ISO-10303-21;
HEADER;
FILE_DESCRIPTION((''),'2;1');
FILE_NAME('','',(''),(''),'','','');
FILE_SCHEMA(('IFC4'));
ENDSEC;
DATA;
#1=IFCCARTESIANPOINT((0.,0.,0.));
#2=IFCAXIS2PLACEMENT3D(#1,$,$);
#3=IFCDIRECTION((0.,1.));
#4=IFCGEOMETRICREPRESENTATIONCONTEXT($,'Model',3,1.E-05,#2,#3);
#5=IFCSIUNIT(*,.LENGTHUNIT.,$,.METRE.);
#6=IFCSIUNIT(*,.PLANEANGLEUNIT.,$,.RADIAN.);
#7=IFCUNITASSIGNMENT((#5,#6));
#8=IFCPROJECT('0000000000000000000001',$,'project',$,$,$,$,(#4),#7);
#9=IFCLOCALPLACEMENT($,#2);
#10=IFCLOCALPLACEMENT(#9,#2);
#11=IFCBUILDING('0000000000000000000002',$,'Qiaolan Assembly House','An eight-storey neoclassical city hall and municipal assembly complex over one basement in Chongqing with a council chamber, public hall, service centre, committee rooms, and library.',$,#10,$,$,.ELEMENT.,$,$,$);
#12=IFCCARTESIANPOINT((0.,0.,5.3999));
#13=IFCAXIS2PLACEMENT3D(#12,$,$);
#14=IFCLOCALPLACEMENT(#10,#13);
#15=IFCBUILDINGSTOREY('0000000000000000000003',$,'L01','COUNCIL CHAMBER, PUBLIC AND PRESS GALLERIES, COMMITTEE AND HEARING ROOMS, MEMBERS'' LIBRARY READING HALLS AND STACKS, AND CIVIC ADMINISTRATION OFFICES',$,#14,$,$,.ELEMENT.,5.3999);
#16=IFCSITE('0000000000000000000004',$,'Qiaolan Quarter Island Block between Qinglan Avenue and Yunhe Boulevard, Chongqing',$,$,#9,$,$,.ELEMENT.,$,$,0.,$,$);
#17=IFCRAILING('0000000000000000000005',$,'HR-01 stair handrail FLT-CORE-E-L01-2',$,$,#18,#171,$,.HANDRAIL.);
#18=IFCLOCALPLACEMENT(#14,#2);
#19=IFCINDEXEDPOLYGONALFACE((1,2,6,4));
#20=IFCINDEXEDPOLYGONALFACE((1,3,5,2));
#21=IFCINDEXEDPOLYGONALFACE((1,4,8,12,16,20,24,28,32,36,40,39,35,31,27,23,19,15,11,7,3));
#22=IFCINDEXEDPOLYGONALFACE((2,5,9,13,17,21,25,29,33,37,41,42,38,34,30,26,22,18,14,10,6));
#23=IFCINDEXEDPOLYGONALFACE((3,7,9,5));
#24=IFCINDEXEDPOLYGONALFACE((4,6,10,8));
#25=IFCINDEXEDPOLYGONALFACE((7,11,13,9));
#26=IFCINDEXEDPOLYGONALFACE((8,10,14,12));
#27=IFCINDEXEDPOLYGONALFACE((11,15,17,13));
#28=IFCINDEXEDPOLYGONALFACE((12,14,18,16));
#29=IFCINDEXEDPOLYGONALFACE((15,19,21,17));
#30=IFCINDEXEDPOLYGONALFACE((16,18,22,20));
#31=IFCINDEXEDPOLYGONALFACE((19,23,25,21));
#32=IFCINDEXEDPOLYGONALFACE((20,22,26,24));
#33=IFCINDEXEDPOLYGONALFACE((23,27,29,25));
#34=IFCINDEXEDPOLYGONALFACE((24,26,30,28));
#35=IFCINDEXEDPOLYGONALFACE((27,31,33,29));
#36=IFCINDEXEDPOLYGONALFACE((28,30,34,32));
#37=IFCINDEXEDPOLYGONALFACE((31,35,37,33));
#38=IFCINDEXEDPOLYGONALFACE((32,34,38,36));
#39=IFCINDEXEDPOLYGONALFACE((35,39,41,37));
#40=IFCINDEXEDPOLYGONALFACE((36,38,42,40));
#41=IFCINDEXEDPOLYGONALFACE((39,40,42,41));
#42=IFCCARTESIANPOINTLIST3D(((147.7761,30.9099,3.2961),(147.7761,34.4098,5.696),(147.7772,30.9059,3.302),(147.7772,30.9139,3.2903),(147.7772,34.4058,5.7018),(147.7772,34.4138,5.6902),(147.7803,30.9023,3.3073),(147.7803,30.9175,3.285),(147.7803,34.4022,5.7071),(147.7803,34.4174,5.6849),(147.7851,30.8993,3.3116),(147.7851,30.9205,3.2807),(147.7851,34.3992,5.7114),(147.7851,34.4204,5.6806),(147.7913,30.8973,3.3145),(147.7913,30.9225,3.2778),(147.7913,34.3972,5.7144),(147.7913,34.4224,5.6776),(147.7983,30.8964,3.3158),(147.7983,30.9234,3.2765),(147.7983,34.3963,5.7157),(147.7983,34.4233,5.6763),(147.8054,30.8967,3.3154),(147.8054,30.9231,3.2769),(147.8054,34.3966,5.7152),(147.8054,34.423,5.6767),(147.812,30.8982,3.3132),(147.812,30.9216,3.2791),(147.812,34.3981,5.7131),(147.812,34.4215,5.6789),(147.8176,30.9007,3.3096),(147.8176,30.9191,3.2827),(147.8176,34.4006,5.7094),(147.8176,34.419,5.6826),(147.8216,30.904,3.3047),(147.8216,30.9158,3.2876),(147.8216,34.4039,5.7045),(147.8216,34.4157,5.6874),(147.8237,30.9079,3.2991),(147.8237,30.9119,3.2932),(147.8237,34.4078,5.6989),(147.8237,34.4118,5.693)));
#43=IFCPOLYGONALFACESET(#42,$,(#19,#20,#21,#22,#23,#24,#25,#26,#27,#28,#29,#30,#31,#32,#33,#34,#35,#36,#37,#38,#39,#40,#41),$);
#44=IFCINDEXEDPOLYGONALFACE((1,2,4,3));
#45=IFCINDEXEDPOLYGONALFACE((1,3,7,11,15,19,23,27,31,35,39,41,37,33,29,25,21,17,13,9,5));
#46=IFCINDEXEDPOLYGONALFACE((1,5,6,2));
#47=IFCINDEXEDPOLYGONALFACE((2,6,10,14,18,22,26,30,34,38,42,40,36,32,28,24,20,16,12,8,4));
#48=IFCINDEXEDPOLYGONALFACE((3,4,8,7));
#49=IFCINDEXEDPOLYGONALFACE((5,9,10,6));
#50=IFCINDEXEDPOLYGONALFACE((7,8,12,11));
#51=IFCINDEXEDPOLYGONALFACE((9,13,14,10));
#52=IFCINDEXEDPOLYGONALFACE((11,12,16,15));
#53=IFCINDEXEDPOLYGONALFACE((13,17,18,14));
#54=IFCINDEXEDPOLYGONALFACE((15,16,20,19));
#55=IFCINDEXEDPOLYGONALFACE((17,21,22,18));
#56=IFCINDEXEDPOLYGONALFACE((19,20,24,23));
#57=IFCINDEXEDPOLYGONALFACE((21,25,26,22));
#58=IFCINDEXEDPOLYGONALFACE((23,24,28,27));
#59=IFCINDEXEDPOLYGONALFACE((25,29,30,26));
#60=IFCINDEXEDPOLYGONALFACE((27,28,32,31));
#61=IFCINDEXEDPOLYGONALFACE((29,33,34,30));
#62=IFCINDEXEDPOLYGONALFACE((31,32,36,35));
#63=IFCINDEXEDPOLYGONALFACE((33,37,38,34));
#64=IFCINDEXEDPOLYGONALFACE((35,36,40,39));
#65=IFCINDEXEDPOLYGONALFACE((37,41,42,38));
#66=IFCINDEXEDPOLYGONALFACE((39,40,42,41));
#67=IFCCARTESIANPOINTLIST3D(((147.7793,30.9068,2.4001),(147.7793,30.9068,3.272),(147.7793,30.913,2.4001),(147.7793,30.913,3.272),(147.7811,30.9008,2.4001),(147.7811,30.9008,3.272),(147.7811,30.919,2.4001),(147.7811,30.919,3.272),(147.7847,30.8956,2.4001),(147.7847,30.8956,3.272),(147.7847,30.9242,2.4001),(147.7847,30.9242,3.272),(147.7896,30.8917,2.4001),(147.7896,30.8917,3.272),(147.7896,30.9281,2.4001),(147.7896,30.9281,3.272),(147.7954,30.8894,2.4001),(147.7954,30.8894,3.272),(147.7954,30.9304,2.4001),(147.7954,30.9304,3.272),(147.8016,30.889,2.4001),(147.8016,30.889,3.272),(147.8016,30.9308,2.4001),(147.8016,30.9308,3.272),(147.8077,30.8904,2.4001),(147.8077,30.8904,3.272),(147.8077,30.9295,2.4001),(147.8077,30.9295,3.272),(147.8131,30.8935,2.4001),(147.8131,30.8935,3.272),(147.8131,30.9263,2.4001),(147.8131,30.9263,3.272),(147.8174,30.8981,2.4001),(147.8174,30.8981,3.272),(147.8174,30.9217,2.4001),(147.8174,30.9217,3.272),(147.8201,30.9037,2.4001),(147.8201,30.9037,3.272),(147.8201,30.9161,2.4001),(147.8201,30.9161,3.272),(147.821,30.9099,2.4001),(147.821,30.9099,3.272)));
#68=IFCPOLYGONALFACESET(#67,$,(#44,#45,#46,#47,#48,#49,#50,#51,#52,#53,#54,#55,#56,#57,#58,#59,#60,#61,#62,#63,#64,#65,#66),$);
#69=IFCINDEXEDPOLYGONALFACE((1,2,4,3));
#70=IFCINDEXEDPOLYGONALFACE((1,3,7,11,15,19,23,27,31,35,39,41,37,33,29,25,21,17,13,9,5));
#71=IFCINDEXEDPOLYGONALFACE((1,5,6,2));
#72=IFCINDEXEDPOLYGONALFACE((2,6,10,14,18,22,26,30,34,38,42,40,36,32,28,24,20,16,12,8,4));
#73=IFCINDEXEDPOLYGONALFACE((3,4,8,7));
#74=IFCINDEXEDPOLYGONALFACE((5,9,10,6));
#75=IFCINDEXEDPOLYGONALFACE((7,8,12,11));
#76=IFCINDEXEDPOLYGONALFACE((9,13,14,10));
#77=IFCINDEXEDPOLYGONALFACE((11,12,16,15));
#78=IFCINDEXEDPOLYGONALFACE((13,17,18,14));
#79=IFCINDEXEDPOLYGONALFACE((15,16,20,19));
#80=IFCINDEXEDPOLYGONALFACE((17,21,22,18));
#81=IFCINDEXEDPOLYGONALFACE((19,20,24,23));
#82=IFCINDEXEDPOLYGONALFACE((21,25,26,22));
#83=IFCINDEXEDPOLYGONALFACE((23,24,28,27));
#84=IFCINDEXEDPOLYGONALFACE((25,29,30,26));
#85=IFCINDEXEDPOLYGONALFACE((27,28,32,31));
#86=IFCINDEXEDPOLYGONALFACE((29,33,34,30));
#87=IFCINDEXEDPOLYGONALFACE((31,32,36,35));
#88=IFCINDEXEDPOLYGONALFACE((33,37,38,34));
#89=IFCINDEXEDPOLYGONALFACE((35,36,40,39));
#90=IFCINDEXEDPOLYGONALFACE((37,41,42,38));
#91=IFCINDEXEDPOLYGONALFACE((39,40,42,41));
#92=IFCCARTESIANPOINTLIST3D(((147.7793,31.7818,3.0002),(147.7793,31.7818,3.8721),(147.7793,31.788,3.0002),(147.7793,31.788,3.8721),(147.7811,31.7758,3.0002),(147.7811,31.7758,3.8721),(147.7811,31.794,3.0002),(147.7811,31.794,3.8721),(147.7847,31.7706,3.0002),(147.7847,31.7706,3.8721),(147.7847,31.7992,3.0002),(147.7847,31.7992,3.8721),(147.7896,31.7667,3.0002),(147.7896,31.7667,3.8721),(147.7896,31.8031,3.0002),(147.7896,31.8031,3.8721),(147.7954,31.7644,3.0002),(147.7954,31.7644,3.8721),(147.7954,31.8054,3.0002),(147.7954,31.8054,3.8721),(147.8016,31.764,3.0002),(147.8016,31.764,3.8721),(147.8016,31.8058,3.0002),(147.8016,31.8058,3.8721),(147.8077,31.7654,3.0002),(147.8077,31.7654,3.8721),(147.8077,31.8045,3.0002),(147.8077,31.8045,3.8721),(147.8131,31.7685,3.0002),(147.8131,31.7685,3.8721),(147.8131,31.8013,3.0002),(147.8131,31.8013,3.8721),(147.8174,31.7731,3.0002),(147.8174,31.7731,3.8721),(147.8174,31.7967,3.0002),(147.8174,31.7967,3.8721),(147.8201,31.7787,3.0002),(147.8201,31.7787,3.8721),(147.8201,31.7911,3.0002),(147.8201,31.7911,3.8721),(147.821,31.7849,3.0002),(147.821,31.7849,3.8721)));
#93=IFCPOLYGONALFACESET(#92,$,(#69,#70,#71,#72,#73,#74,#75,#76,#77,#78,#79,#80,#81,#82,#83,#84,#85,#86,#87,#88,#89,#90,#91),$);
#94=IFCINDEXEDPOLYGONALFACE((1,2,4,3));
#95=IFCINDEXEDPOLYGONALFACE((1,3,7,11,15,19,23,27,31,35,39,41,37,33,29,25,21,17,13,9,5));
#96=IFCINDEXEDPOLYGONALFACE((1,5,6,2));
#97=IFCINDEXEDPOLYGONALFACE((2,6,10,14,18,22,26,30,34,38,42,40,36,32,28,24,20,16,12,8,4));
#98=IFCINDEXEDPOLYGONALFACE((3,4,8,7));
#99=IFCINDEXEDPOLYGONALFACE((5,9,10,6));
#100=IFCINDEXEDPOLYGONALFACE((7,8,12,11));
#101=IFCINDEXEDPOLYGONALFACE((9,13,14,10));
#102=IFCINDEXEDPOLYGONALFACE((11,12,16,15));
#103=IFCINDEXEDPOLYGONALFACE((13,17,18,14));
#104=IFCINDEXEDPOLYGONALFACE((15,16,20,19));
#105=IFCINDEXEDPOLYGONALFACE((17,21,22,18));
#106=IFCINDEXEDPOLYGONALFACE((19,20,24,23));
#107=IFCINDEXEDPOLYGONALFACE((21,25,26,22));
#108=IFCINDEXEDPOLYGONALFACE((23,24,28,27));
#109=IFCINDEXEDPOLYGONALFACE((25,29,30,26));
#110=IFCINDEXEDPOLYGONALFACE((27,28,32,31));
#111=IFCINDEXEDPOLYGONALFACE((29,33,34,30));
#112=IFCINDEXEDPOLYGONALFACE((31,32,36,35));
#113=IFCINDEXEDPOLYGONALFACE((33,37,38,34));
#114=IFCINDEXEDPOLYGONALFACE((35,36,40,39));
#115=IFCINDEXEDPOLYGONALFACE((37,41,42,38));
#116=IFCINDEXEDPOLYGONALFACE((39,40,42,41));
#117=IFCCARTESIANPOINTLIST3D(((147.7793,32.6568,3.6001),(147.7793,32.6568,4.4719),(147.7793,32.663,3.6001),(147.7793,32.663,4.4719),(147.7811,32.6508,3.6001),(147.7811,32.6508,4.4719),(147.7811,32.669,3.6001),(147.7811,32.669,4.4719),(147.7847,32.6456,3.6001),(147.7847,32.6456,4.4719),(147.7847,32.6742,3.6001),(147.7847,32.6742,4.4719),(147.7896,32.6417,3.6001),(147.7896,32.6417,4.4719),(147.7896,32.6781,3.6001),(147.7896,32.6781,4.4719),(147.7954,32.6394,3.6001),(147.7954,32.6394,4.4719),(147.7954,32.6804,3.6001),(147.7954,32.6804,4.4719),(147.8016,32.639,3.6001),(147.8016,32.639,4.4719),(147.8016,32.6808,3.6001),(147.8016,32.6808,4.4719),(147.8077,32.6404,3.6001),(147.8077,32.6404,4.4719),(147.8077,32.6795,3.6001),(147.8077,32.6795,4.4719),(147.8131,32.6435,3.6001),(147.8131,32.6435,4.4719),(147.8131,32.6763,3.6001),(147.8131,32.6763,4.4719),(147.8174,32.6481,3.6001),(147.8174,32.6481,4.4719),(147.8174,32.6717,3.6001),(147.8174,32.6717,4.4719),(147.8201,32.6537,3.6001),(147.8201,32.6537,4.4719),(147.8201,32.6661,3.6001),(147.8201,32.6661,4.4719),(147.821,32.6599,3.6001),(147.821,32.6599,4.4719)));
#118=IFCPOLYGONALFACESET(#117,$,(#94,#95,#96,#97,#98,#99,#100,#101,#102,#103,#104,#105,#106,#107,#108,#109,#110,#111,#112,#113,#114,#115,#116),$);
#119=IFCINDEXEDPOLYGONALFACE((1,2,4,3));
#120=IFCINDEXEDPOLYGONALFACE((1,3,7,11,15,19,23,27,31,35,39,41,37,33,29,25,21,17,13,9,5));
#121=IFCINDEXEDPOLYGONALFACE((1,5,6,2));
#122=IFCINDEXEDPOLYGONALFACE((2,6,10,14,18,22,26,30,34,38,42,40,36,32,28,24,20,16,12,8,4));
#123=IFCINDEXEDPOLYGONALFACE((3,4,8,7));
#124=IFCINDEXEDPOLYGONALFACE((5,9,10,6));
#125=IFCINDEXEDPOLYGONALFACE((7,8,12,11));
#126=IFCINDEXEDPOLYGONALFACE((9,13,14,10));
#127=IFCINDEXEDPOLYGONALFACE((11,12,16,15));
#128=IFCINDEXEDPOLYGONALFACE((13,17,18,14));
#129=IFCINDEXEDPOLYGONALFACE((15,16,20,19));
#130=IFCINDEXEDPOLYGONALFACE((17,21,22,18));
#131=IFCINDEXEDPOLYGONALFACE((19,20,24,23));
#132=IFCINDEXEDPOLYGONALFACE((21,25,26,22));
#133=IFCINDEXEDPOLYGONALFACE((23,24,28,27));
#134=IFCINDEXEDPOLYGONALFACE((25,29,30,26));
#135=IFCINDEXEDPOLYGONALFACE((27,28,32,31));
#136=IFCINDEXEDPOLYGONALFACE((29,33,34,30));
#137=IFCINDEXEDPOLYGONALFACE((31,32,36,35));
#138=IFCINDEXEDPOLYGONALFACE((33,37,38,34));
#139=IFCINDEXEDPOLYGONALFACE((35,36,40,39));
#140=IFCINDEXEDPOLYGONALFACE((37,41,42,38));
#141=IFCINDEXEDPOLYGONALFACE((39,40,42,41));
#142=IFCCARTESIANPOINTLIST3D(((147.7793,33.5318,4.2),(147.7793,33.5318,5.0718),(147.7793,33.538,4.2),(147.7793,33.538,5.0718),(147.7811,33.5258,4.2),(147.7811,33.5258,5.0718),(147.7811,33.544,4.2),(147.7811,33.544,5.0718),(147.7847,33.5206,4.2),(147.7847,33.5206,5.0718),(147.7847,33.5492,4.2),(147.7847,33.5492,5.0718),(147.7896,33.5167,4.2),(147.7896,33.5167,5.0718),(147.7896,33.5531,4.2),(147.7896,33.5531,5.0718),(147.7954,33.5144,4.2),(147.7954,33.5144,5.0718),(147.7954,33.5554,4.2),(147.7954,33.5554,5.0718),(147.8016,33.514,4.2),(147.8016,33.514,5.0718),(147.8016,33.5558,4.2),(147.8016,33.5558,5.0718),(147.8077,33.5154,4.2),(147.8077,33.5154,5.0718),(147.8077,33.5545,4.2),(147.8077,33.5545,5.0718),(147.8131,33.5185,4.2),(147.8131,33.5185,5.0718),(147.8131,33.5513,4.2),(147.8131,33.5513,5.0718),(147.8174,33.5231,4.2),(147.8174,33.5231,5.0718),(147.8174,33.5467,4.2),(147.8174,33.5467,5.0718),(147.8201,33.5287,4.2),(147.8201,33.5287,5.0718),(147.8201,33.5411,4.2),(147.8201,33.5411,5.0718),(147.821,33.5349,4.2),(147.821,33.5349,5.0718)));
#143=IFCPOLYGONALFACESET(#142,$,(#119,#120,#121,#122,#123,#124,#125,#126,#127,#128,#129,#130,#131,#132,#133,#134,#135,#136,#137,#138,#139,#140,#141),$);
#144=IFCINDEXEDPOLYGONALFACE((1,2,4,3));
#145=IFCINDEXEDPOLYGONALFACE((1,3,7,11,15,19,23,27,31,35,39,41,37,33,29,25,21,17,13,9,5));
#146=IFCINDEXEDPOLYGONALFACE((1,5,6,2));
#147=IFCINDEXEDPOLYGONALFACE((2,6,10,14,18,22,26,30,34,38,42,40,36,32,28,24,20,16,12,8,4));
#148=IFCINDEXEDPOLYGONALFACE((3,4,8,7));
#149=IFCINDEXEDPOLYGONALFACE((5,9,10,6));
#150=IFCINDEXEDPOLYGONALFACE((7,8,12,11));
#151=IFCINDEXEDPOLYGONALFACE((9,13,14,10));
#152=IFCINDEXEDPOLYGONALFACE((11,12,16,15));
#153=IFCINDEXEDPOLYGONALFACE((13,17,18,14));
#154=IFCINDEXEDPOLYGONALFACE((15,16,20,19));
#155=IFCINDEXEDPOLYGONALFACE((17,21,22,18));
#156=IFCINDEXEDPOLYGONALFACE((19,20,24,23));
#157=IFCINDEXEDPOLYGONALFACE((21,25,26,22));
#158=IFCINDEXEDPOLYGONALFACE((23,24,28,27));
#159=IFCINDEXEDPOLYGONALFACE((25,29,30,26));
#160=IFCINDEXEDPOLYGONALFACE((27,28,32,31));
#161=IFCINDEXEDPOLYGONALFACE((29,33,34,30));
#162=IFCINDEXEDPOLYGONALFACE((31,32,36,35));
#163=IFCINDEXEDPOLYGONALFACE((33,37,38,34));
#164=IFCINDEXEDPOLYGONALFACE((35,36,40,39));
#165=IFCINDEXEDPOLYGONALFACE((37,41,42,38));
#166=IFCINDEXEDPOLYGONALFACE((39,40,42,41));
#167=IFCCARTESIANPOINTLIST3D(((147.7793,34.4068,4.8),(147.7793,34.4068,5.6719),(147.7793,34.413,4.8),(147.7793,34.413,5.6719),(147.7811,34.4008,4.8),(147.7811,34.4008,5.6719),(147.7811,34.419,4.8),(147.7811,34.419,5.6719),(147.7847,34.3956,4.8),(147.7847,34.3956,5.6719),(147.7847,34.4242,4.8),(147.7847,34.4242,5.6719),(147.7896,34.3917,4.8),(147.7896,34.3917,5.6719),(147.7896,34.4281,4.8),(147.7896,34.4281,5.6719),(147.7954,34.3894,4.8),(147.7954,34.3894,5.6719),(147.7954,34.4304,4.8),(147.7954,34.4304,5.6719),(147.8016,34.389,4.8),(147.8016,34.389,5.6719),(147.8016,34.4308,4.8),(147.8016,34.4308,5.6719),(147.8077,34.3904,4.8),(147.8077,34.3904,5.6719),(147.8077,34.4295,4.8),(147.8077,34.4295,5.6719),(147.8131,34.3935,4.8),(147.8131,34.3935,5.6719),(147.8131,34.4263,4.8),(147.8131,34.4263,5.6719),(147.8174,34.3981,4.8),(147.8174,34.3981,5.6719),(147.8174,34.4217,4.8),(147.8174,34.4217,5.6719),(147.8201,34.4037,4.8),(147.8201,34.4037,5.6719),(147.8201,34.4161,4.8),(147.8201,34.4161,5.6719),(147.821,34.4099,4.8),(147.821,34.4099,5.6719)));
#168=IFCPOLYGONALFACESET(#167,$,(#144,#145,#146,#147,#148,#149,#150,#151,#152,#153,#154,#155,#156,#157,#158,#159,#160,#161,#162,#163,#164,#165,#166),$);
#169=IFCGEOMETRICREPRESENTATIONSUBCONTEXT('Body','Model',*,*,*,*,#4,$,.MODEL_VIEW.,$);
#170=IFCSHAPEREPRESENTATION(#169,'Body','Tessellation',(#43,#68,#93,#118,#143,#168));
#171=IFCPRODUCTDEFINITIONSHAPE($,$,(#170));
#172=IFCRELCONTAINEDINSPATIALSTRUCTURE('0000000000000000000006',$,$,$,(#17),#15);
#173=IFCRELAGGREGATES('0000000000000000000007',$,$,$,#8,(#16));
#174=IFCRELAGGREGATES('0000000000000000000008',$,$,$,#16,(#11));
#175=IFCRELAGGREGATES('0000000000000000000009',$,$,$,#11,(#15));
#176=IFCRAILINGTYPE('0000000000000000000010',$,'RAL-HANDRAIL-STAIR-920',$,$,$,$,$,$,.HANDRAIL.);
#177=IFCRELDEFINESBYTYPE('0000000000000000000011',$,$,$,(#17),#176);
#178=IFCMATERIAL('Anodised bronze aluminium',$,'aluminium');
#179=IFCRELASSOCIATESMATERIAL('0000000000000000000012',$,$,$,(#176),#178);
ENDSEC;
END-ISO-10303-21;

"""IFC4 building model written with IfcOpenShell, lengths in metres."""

from ifc_helpers import new_model, si_unit, direction, frame, origin, origin_2d, place, context, subcontext, project, spatial, circle, extrude, material, type_object, element, save


model = new_model("IFC4")

# Units and contexts
model_context = context("Model", 3, precision=1e-05, world=origin(), true_north=direction((0.0, 1.0)))
body_context = subcontext(model_context, "Body", "Model", "MODEL_VIEW")
ifc_project = project(units=[si_unit("LENGTHUNIT", "METRE"), si_unit("PLANEANGLEUNIT", "RADIAN")], contexts=[model_context])

# Site, building, storey
site_placement = place(None, origin())
site = spatial("IfcSite", under=ifc_project, at=site_placement, Name="Qiaolan Quarter Island Block between Qinglan Avenue and Yunhe Boulevard, Chongqing", CompositionType="ELEMENT", RefElevation=0.0)
building_placement = place(site_placement, origin())
building = spatial("IfcBuilding", under=site, at=building_placement, Name="Qiaolan Assembly House", Description="An eight-storey neoclassical city hall and municipal assembly complex over one basement in Chongqing with a council chamber, public hall, service centre, committee rooms, and library.", CompositionType="ELEMENT")
storey_placement = place(building_placement, frame((0.0, 0.0, 5.3999)))
storey = spatial("IfcBuildingStorey", under=building, at=storey_placement, Name="L01", Description="COUNCIL CHAMBER, PUBLIC AND PRESS GALLERIES, COMMITTEE AND HEARING ROOMS, MEMBERS' LIBRARY READING HALLS AND STACKS, AND CIVIC ADMINISTRATION OFFICES", CompositionType="ELEMENT", Elevation=5.3999)

# Shared definitions
ifc_material_1 = material(Name="Anodised bronze aluminium", Category="aluminium")

# Railing
railing_type_1 = type_object("IfcRailingType", Name="RAL-HANDRAIL-STAIR-920", PredefinedType="HANDRAIL", material=ifc_material_1)
railing_1_placement = place(storey_placement, frame((147.8, 30.9099, 2.4001)))
element("IfcRailing", 1, at=railing_1_placement, inside=storey, type_object=railing_type_1, Name="HR-01 stair handrail FLT-CORE-E-L01-2", PredefinedType="HANDRAIL", context=body_context, shape_type="SweptSolid", body=[
    extrude(circle(Radius=0.0239, at=origin_2d()), frame((0.0, 0.0, 0.896), z_axis=(0.0, 0.82474, 0.565513), x_axis=(-1.0, 0.0, 0.0)), (0.0, 0.0, 1.0), 4.2437),
    extrude(circle(Radius=0.021, at=origin_2d()), origin(), (0.0, 0.0, 1.0), 0.8718),
    extrude(circle(Radius=0.021, at=origin_2d()), frame((0.0, 0.875, 0.6001)), (0.0, 0.0, 1.0), 0.8718),
    extrude(circle(Radius=0.021, at=origin_2d()), frame((0.0, 1.75, 1.2)), (0.0, 0.0, 1.0), 0.8718),
    extrude(circle(Radius=0.021, at=origin_2d()), frame((0.0, 2.625, 1.7998)), (0.0, 0.0, 1.0), 0.8718),
    extrude(circle(Radius=0.021, at=origin_2d()), frame((0.0, 3.5, 2.3999)), (0.0, 0.0, 1.0), 0.8718),
])

save(model, "model.ifc")
